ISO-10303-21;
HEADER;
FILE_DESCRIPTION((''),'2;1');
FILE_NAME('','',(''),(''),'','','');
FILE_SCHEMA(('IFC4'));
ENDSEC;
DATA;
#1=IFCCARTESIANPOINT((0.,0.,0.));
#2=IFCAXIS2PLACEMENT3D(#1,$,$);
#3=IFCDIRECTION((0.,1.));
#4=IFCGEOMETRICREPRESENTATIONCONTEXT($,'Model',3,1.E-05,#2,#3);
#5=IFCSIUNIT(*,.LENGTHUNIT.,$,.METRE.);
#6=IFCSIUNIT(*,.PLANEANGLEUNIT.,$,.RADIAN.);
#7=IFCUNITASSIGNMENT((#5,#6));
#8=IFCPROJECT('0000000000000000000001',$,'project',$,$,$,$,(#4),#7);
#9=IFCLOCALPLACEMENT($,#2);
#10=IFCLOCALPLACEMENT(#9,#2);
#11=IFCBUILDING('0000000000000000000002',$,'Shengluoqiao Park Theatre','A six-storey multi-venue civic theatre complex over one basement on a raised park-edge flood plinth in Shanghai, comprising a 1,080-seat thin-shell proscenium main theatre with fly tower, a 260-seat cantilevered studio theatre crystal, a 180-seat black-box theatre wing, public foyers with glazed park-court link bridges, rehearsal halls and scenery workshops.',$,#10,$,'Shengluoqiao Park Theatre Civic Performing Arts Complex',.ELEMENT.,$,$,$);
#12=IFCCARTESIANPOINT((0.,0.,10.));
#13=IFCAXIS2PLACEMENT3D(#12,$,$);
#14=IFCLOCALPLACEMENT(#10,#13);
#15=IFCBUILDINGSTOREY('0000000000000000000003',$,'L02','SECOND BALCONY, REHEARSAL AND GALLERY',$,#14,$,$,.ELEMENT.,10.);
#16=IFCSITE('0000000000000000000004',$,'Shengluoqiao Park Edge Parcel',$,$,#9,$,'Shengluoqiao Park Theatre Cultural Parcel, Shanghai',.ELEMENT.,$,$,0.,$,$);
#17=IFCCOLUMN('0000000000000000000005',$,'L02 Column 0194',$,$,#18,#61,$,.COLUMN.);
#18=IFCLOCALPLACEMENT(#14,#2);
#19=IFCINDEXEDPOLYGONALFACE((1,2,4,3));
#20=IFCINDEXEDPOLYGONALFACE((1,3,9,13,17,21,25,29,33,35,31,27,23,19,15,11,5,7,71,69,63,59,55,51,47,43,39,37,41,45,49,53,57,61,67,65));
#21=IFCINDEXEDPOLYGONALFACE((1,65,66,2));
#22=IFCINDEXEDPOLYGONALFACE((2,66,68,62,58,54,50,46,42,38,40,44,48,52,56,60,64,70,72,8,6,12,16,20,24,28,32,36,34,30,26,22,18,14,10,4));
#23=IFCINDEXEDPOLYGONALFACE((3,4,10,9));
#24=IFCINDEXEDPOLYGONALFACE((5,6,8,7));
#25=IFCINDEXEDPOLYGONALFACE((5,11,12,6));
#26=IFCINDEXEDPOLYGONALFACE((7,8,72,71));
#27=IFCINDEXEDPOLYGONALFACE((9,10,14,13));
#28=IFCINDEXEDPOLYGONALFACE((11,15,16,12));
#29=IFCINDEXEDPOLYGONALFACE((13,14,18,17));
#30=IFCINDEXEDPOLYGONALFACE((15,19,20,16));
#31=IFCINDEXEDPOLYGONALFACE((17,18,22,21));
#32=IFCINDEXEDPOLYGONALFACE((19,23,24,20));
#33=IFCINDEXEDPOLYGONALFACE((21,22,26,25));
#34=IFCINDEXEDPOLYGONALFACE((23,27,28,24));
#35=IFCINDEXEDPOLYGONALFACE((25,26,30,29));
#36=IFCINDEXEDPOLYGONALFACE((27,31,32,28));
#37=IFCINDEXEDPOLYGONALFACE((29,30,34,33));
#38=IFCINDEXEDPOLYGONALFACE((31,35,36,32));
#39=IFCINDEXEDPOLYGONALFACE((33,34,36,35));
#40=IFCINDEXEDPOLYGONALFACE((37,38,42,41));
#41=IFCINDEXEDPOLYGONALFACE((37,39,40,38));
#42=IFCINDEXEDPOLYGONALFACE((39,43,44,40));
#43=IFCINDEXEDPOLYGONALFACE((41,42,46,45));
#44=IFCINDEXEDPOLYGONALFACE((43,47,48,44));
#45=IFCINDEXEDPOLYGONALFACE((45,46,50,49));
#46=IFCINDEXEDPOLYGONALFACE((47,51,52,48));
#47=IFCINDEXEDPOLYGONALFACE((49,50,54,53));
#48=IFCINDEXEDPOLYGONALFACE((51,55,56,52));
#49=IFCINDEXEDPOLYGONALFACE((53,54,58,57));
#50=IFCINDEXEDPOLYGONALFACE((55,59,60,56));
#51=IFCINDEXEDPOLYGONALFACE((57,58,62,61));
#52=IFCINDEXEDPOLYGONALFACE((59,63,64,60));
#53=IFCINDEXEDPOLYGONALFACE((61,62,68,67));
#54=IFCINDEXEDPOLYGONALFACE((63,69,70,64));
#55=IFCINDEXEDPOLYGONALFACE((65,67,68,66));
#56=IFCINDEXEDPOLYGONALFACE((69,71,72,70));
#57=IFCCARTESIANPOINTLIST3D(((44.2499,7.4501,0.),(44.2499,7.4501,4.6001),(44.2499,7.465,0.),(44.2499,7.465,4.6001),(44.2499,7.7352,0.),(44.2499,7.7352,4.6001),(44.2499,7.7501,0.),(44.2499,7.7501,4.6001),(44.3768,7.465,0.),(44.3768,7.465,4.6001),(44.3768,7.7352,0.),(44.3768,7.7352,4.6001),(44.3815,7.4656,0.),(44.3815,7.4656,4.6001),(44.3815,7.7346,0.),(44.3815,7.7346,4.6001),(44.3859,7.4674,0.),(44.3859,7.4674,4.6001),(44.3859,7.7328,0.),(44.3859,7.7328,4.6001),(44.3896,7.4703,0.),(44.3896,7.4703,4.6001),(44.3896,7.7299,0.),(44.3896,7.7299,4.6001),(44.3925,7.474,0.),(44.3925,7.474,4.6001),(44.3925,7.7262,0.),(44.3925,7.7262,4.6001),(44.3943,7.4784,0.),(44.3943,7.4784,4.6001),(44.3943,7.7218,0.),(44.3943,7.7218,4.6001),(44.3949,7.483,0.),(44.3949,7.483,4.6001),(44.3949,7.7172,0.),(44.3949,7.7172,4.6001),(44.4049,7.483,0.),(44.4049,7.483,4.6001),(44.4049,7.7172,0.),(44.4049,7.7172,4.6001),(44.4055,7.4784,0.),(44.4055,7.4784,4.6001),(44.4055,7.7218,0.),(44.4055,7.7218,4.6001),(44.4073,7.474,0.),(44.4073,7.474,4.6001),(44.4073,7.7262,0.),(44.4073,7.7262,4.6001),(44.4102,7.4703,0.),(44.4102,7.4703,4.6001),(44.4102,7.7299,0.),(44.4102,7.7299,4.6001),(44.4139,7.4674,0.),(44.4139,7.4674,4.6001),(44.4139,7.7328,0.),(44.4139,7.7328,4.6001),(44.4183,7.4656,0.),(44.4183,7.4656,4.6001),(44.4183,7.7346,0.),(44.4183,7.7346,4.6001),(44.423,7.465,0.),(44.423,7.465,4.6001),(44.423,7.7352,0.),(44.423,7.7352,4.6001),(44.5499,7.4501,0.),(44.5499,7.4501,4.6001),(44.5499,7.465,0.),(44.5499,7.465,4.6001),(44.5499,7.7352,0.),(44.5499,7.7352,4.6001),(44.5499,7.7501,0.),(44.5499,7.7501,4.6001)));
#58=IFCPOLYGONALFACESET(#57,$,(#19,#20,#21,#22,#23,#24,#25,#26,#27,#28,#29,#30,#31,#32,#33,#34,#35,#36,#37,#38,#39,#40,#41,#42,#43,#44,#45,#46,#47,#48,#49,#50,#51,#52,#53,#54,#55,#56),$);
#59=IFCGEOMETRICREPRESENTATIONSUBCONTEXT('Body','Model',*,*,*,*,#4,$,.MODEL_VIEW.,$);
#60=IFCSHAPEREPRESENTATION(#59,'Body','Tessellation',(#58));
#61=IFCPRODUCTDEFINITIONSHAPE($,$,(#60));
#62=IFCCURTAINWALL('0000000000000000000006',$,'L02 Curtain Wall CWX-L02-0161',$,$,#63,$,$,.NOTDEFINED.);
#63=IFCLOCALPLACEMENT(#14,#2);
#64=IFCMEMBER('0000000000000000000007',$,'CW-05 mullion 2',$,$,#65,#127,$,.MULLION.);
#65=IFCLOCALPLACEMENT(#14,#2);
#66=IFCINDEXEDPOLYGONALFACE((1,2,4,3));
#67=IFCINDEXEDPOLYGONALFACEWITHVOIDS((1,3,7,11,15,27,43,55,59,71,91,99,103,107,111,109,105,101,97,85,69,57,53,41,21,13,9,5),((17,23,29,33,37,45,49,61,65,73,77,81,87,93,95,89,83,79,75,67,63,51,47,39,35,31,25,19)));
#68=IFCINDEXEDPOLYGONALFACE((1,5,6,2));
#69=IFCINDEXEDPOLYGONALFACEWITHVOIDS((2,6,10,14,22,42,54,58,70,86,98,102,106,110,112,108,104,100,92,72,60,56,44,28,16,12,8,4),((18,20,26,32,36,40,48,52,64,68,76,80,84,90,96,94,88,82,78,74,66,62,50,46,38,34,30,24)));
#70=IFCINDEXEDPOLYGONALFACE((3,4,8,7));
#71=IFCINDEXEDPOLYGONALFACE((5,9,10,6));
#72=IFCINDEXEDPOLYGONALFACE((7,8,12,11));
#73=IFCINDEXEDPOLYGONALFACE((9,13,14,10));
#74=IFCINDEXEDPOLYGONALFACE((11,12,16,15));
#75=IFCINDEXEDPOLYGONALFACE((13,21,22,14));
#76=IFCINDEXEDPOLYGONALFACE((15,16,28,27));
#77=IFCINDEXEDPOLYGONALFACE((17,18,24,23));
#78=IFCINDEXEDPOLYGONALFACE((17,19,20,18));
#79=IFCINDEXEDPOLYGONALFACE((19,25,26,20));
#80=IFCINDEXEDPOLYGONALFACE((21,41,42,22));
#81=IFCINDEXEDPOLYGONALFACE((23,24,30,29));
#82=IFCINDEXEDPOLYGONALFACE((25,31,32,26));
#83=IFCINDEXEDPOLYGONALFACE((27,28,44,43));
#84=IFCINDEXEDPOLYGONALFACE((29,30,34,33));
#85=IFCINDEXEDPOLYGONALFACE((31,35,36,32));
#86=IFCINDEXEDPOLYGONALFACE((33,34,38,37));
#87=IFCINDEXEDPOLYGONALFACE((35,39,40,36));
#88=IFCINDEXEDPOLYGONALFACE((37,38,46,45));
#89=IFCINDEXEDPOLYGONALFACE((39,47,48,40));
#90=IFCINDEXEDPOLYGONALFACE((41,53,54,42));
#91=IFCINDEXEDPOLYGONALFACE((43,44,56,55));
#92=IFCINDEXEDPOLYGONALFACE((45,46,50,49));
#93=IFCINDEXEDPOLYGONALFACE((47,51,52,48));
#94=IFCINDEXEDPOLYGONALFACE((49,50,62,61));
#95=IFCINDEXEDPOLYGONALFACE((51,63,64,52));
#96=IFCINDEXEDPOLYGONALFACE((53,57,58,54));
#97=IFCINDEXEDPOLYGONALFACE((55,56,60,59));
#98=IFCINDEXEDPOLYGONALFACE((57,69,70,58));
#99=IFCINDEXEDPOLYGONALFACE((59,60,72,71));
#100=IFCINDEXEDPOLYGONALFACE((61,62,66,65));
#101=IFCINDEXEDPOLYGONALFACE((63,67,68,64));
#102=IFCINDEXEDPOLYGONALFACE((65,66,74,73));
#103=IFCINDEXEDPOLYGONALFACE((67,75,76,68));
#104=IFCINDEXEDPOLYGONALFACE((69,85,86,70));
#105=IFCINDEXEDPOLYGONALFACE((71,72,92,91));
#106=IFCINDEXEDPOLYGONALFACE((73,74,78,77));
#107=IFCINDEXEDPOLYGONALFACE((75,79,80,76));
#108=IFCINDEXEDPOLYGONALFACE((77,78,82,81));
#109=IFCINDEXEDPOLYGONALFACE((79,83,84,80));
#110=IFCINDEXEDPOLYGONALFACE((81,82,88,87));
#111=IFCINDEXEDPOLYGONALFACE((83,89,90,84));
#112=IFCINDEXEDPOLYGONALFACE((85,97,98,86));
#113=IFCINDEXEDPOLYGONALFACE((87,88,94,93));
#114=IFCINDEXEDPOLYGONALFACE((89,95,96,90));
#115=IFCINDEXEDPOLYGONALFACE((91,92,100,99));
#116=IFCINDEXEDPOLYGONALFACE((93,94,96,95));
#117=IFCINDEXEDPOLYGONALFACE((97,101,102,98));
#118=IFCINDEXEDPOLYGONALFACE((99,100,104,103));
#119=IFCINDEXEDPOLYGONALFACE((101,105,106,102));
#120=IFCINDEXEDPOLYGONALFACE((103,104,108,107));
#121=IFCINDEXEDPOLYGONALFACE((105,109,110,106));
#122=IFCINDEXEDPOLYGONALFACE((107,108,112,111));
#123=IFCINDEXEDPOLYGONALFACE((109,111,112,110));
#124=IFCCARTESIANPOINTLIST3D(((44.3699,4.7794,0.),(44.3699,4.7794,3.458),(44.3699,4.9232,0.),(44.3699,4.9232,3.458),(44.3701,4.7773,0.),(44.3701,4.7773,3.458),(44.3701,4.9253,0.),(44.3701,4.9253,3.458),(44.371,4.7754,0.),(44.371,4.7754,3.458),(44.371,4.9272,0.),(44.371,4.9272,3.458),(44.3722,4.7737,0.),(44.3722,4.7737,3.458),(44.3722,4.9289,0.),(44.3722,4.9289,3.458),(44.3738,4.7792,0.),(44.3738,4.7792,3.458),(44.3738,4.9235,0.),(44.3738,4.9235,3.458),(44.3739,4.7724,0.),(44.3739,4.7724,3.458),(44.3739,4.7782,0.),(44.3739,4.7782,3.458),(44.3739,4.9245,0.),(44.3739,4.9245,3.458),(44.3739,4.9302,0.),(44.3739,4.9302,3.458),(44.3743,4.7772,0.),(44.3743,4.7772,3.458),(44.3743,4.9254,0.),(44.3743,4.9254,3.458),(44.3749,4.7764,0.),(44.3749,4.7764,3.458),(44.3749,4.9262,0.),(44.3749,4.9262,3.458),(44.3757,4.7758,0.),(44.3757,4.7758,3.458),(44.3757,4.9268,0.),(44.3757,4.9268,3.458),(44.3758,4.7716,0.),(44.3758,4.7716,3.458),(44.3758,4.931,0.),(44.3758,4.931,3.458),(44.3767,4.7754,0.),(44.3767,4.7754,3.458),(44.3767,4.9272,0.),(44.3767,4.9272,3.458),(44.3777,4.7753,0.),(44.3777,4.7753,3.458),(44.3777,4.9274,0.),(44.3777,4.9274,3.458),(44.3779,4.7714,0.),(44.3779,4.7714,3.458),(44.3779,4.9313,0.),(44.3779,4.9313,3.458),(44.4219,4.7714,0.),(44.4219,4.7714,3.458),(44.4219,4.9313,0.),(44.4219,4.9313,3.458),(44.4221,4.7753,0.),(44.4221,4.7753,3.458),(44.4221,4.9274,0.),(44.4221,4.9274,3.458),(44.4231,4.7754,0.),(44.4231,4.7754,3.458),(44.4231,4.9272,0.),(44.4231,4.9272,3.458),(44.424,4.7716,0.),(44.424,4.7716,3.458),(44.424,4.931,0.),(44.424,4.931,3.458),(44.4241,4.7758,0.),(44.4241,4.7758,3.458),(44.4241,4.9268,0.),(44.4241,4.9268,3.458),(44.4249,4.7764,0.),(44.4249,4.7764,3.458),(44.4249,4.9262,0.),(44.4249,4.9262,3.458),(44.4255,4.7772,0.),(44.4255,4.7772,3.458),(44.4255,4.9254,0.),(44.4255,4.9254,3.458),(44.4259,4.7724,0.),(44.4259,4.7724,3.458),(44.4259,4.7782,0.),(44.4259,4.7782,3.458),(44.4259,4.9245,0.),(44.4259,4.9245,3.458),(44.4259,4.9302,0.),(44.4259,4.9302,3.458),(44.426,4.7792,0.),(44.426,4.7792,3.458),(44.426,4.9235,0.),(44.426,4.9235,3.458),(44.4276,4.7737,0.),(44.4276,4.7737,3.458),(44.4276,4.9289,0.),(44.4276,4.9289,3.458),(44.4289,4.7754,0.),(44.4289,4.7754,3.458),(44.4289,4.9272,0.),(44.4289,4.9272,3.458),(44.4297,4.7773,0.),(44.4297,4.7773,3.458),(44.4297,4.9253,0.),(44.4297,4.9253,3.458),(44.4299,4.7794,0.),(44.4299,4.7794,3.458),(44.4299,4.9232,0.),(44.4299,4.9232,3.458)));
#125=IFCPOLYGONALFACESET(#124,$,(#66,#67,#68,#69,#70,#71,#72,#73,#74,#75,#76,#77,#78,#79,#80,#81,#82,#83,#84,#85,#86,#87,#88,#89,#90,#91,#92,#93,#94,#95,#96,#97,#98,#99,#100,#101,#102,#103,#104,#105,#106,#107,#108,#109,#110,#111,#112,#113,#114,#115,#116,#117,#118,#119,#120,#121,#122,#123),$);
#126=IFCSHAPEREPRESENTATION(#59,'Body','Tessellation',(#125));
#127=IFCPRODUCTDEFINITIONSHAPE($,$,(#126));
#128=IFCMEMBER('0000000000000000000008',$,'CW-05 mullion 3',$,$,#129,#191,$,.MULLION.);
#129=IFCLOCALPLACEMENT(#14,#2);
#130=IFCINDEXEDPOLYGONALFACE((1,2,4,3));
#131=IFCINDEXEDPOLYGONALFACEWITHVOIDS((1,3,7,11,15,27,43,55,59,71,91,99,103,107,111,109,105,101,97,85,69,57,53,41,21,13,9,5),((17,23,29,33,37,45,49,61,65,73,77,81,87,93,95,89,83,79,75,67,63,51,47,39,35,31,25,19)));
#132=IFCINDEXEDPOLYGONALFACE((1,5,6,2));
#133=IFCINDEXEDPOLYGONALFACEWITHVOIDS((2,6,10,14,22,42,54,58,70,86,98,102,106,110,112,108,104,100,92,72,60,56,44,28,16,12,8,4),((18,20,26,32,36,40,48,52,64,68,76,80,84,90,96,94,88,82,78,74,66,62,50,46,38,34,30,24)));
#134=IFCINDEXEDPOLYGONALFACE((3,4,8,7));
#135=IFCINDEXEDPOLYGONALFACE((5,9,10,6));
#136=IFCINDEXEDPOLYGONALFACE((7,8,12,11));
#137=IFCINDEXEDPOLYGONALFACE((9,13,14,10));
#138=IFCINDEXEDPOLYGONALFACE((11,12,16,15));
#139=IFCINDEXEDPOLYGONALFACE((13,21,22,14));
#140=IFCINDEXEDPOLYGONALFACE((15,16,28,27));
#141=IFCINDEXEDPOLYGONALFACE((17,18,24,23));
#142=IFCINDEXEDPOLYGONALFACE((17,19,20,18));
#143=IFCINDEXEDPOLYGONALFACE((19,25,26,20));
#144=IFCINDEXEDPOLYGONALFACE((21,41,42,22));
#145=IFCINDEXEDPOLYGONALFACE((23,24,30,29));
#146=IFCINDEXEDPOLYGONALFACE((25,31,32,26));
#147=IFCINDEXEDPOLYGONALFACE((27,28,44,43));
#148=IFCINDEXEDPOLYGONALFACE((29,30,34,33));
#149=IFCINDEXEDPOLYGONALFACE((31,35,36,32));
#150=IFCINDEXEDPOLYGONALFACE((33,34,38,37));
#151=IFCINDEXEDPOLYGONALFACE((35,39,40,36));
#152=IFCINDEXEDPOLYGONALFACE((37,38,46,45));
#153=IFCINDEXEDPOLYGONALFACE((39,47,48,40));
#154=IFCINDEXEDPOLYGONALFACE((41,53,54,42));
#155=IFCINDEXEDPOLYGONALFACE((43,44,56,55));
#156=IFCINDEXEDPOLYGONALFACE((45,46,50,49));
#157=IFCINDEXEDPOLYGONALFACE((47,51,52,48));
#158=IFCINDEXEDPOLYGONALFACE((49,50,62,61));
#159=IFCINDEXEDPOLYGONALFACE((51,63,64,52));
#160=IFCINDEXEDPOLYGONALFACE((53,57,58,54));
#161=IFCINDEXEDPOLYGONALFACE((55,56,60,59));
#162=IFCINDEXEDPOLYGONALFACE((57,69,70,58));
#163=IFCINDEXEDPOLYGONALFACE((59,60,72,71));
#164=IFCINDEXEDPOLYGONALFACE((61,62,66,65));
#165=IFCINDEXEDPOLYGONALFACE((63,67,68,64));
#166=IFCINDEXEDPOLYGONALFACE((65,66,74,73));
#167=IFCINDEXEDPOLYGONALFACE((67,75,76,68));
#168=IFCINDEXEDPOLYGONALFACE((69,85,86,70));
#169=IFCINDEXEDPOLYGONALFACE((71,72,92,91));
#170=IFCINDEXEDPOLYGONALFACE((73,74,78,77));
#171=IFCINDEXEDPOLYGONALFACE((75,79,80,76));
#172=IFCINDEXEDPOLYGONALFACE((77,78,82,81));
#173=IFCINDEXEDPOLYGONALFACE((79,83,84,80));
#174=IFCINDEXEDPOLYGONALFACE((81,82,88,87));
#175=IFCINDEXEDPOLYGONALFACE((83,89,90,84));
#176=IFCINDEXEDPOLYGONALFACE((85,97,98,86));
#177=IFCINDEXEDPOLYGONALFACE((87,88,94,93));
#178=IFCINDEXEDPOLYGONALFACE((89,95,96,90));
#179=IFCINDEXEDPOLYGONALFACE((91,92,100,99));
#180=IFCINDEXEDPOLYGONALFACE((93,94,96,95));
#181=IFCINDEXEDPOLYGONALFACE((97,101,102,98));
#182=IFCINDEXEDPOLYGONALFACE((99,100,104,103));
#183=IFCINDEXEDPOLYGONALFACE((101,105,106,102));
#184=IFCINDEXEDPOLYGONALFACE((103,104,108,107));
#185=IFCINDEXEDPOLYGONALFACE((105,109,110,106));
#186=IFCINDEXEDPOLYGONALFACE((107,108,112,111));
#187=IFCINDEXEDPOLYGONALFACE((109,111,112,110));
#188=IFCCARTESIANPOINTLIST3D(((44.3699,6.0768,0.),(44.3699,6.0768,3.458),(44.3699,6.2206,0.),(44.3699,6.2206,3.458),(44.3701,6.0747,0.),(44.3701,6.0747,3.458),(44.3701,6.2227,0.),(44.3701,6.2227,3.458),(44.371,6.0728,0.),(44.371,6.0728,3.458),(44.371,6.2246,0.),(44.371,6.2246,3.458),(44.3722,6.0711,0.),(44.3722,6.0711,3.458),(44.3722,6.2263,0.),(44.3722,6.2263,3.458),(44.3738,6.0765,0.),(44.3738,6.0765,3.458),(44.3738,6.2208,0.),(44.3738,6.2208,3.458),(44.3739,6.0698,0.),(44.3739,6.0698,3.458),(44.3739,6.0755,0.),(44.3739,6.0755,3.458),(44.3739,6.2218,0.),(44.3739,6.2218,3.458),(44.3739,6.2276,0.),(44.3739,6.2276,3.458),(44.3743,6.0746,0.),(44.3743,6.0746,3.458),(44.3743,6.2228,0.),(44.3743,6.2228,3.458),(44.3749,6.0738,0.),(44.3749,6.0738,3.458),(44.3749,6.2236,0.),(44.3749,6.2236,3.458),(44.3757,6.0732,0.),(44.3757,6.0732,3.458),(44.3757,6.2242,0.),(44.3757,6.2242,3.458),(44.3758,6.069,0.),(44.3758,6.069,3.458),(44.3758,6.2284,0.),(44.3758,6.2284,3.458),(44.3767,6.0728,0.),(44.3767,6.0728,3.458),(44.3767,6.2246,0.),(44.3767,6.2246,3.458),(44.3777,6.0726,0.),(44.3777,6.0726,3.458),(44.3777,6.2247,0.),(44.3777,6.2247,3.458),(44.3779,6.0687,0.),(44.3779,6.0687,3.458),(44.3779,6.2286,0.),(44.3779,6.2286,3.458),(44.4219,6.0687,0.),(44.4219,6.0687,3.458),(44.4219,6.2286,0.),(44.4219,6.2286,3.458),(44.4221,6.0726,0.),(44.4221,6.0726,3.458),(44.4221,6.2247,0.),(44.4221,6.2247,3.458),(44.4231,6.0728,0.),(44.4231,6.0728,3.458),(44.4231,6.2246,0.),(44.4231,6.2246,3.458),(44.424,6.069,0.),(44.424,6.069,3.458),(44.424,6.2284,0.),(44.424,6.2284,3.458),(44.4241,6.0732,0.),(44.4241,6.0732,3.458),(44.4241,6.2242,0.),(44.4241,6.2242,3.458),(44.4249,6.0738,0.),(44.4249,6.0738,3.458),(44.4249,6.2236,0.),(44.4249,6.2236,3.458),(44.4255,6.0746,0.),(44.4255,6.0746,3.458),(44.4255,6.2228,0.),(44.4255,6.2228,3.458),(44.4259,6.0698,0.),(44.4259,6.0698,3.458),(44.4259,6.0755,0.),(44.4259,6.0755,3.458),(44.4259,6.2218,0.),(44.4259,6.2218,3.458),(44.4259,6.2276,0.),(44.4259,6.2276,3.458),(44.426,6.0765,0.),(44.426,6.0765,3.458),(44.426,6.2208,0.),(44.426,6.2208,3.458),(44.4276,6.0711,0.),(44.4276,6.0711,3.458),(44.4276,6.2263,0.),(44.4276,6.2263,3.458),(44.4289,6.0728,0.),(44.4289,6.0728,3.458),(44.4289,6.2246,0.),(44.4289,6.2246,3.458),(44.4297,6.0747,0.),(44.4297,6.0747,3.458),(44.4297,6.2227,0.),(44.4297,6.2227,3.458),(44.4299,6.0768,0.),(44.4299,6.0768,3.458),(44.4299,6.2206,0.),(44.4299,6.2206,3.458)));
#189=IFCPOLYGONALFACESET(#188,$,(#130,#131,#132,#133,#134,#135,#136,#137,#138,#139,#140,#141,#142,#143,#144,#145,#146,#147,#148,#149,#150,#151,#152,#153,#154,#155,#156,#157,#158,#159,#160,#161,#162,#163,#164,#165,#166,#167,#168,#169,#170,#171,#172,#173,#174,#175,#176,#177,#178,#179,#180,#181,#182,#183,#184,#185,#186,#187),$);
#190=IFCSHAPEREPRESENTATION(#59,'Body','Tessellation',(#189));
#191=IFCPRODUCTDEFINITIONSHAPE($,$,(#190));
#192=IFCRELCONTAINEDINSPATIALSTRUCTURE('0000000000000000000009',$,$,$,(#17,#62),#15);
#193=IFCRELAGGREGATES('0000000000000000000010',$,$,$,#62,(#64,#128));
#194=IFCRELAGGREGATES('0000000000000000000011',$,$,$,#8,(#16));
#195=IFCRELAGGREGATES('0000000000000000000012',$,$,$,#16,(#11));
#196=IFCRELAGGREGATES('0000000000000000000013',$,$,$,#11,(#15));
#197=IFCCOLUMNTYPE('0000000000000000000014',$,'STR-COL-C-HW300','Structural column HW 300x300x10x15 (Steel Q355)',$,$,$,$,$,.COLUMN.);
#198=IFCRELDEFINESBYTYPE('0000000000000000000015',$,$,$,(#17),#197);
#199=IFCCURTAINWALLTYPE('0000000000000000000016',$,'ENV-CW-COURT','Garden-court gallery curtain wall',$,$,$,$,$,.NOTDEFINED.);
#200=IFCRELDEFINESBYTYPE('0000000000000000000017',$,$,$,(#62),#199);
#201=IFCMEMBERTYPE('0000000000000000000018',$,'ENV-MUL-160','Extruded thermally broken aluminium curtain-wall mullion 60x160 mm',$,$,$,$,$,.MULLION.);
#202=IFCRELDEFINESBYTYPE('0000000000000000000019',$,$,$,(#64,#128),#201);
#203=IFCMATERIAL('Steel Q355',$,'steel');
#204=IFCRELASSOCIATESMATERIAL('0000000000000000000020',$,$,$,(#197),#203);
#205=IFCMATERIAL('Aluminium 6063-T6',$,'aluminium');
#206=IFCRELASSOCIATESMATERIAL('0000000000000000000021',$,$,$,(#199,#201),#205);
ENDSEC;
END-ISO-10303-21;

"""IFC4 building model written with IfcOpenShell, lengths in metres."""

from ifc_helpers import new_model, si_unit, direction, frame, origin, origin_2d, place, context, subcontext, project, spatial, hollow_rectangle, i_section, extrude, material, material_profile, profile_set, type_object, element, aggregate, save


model = new_model("IFC4")

# Units and contexts
model_context = context("Model", 3, precision=1e-05, world=origin(), true_north=direction((0.0, 1.0)))
body_context = subcontext(model_context, "Body", "Model", "MODEL_VIEW")
ifc_project = project(units=[si_unit("LENGTHUNIT", "METRE"), si_unit("PLANEANGLEUNIT", "RADIAN")], contexts=[model_context])

# Site, building, storey
site_placement = place(None, origin())
site = spatial("IfcSite", under=ifc_project, at=site_placement, Name="Shengluoqiao Park Edge Parcel", LongName="Shengluoqiao Park Theatre Cultural Parcel, Shanghai", CompositionType="ELEMENT", RefElevation=0.0)
building_placement = place(site_placement, origin())
building = spatial("IfcBuilding", under=site, at=building_placement, Name="Shengluoqiao Park Theatre", Description="A six-storey multi-venue civic theatre complex over one basement on a raised park-edge flood plinth in Shanghai, comprising a 1,080-seat thin-shell proscenium main theatre with fly tower, a 260-seat cantilevered studio theatre crystal, a 180-seat black-box theatre wing, public foyers with glazed park-court link bridges, rehearsal halls and scenery workshops.", LongName="Shengluoqiao Park Theatre Civic Performing Arts Complex", CompositionType="ELEMENT")
storey_placement = place(building_placement, frame((0.0, 0.0, 10.0)))
storey = spatial("IfcBuildingStorey", under=building, at=storey_placement, Name="L02", Description="SECOND BALCONY, REHEARSAL AND GALLERY", CompositionType="ELEMENT", Elevation=10.0)

# Column
ifc_material_1 = material(Name="Steel Q355", Category="steel")
ifc_material_profile_1 = material_profile(ifc_material_1, i_section(OverallWidth=0.3, OverallDepth=0.3, WebThickness=0.01, FlangeThickness=0.0149, FilletRadius=0.0181, at=origin_2d()), Name="HW 300x300x10x15")
ifc_profile_set_1 = profile_set([ifc_material_profile_1], Name="Steel Q355")
column_type = type_object("IfcColumnType", Name="STR-COL-C-HW300", Description="Structural column HW 300x300x10x15 (Steel Q355)", PredefinedType="COLUMN", material=ifc_profile_set_1)
column_placement = place(storey_placement, frame((44.3999, 7.6001, 0.0), z_axis=(0.0, 0.0, 1.0), x_axis=(1.0, 0.0, 0.0)))
element("IfcColumn", 1, at=column_placement, inside=storey, type_object=column_type, Name="L02 Column 0194", PredefinedType="COLUMN", context=body_context, shape_type="SweptSolid", body=[
    extrude(i_section(OverallWidth=0.3, OverallDepth=0.3, WebThickness=0.01, FlangeThickness=0.0149, FilletRadius=0.0181, at=origin_2d()), origin(), (0.0, 0.0, 1.0), 4.6001),
])

# Curtain wall, members
ifc_material_2 = material(Name="Aluminium 6063-T6", Category="aluminium")
curtain_wall_type = type_object("IfcCurtainWallType", Name="ENV-CW-COURT", Description="Garden-court gallery curtain wall", PredefinedType="NOTDEFINED", material=ifc_material_2)
curtain_wall_1_placement = place(storey_placement, origin())
curtain_wall_1 = element("IfcCurtainWall", 2, at=curtain_wall_1_placement, inside=storey, type_object=curtain_wall_type, Name="L02 Curtain Wall CWX-L02-0161", PredefinedType="NOTDEFINED")
ifc_material_profile_2 = material_profile(ifc_material_2, hollow_rectangle(XDim=0.0601, YDim=0.1599, WallThickness=0.0039, InnerFilletRadius=0.0039, OuterFilletRadius=0.0081, at=origin_2d()), Name="ALU MULLION 160x60x4")
ifc_profile_set_2 = profile_set([ifc_material_profile_2], Name="Aluminium 6063-T6")
member_type_1 = type_object("IfcMemberType", Name="ENV-MUL-160", Description="Extruded thermally broken aluminium curtain-wall mullion 60x160 mm", PredefinedType="MULLION", material=ifc_profile_set_2)
member_1_placement = place(storey_placement, frame((44.3999, 4.8513, 0.0), z_axis=(0.0, 0.0, 1.0), x_axis=(-1.0, 0.0, 0.0)))
member_1 = element("IfcMember", 3, at=member_1_placement, type_object=member_type_1, Name="CW-05 mullion 2", PredefinedType="MULLION", context=body_context, shape_type="SweptSolid", body=[
    extrude(hollow_rectangle(XDim=0.0601, YDim=0.1599, WallThickness=0.0039, InnerFilletRadius=0.0039, OuterFilletRadius=0.0081, at=origin_2d()), origin(), (0.0, 0.0, 1.0), 3.458),
])
member_2_placement = place(storey_placement, frame((44.3999, 6.1487, 0.0), z_axis=(0.0, 0.0, 1.0), x_axis=(-1.0, 0.0, 0.0)))
member_2 = element("IfcMember", 4, at=member_2_placement, type_object=member_type_1, Name="CW-05 mullion 3", PredefinedType="MULLION", context=body_context, shape_type="SweptSolid", body=[
    extrude(hollow_rectangle(XDim=0.0601, YDim=0.1599, WallThickness=0.0039, InnerFilletRadius=0.0039, OuterFilletRadius=0.0081, at=origin_2d()), origin(), (0.0, 0.0, 1.0), 3.458),
])

aggregate(curtain_wall_1, [member_1, member_2])

save(model, "model.ifc")
